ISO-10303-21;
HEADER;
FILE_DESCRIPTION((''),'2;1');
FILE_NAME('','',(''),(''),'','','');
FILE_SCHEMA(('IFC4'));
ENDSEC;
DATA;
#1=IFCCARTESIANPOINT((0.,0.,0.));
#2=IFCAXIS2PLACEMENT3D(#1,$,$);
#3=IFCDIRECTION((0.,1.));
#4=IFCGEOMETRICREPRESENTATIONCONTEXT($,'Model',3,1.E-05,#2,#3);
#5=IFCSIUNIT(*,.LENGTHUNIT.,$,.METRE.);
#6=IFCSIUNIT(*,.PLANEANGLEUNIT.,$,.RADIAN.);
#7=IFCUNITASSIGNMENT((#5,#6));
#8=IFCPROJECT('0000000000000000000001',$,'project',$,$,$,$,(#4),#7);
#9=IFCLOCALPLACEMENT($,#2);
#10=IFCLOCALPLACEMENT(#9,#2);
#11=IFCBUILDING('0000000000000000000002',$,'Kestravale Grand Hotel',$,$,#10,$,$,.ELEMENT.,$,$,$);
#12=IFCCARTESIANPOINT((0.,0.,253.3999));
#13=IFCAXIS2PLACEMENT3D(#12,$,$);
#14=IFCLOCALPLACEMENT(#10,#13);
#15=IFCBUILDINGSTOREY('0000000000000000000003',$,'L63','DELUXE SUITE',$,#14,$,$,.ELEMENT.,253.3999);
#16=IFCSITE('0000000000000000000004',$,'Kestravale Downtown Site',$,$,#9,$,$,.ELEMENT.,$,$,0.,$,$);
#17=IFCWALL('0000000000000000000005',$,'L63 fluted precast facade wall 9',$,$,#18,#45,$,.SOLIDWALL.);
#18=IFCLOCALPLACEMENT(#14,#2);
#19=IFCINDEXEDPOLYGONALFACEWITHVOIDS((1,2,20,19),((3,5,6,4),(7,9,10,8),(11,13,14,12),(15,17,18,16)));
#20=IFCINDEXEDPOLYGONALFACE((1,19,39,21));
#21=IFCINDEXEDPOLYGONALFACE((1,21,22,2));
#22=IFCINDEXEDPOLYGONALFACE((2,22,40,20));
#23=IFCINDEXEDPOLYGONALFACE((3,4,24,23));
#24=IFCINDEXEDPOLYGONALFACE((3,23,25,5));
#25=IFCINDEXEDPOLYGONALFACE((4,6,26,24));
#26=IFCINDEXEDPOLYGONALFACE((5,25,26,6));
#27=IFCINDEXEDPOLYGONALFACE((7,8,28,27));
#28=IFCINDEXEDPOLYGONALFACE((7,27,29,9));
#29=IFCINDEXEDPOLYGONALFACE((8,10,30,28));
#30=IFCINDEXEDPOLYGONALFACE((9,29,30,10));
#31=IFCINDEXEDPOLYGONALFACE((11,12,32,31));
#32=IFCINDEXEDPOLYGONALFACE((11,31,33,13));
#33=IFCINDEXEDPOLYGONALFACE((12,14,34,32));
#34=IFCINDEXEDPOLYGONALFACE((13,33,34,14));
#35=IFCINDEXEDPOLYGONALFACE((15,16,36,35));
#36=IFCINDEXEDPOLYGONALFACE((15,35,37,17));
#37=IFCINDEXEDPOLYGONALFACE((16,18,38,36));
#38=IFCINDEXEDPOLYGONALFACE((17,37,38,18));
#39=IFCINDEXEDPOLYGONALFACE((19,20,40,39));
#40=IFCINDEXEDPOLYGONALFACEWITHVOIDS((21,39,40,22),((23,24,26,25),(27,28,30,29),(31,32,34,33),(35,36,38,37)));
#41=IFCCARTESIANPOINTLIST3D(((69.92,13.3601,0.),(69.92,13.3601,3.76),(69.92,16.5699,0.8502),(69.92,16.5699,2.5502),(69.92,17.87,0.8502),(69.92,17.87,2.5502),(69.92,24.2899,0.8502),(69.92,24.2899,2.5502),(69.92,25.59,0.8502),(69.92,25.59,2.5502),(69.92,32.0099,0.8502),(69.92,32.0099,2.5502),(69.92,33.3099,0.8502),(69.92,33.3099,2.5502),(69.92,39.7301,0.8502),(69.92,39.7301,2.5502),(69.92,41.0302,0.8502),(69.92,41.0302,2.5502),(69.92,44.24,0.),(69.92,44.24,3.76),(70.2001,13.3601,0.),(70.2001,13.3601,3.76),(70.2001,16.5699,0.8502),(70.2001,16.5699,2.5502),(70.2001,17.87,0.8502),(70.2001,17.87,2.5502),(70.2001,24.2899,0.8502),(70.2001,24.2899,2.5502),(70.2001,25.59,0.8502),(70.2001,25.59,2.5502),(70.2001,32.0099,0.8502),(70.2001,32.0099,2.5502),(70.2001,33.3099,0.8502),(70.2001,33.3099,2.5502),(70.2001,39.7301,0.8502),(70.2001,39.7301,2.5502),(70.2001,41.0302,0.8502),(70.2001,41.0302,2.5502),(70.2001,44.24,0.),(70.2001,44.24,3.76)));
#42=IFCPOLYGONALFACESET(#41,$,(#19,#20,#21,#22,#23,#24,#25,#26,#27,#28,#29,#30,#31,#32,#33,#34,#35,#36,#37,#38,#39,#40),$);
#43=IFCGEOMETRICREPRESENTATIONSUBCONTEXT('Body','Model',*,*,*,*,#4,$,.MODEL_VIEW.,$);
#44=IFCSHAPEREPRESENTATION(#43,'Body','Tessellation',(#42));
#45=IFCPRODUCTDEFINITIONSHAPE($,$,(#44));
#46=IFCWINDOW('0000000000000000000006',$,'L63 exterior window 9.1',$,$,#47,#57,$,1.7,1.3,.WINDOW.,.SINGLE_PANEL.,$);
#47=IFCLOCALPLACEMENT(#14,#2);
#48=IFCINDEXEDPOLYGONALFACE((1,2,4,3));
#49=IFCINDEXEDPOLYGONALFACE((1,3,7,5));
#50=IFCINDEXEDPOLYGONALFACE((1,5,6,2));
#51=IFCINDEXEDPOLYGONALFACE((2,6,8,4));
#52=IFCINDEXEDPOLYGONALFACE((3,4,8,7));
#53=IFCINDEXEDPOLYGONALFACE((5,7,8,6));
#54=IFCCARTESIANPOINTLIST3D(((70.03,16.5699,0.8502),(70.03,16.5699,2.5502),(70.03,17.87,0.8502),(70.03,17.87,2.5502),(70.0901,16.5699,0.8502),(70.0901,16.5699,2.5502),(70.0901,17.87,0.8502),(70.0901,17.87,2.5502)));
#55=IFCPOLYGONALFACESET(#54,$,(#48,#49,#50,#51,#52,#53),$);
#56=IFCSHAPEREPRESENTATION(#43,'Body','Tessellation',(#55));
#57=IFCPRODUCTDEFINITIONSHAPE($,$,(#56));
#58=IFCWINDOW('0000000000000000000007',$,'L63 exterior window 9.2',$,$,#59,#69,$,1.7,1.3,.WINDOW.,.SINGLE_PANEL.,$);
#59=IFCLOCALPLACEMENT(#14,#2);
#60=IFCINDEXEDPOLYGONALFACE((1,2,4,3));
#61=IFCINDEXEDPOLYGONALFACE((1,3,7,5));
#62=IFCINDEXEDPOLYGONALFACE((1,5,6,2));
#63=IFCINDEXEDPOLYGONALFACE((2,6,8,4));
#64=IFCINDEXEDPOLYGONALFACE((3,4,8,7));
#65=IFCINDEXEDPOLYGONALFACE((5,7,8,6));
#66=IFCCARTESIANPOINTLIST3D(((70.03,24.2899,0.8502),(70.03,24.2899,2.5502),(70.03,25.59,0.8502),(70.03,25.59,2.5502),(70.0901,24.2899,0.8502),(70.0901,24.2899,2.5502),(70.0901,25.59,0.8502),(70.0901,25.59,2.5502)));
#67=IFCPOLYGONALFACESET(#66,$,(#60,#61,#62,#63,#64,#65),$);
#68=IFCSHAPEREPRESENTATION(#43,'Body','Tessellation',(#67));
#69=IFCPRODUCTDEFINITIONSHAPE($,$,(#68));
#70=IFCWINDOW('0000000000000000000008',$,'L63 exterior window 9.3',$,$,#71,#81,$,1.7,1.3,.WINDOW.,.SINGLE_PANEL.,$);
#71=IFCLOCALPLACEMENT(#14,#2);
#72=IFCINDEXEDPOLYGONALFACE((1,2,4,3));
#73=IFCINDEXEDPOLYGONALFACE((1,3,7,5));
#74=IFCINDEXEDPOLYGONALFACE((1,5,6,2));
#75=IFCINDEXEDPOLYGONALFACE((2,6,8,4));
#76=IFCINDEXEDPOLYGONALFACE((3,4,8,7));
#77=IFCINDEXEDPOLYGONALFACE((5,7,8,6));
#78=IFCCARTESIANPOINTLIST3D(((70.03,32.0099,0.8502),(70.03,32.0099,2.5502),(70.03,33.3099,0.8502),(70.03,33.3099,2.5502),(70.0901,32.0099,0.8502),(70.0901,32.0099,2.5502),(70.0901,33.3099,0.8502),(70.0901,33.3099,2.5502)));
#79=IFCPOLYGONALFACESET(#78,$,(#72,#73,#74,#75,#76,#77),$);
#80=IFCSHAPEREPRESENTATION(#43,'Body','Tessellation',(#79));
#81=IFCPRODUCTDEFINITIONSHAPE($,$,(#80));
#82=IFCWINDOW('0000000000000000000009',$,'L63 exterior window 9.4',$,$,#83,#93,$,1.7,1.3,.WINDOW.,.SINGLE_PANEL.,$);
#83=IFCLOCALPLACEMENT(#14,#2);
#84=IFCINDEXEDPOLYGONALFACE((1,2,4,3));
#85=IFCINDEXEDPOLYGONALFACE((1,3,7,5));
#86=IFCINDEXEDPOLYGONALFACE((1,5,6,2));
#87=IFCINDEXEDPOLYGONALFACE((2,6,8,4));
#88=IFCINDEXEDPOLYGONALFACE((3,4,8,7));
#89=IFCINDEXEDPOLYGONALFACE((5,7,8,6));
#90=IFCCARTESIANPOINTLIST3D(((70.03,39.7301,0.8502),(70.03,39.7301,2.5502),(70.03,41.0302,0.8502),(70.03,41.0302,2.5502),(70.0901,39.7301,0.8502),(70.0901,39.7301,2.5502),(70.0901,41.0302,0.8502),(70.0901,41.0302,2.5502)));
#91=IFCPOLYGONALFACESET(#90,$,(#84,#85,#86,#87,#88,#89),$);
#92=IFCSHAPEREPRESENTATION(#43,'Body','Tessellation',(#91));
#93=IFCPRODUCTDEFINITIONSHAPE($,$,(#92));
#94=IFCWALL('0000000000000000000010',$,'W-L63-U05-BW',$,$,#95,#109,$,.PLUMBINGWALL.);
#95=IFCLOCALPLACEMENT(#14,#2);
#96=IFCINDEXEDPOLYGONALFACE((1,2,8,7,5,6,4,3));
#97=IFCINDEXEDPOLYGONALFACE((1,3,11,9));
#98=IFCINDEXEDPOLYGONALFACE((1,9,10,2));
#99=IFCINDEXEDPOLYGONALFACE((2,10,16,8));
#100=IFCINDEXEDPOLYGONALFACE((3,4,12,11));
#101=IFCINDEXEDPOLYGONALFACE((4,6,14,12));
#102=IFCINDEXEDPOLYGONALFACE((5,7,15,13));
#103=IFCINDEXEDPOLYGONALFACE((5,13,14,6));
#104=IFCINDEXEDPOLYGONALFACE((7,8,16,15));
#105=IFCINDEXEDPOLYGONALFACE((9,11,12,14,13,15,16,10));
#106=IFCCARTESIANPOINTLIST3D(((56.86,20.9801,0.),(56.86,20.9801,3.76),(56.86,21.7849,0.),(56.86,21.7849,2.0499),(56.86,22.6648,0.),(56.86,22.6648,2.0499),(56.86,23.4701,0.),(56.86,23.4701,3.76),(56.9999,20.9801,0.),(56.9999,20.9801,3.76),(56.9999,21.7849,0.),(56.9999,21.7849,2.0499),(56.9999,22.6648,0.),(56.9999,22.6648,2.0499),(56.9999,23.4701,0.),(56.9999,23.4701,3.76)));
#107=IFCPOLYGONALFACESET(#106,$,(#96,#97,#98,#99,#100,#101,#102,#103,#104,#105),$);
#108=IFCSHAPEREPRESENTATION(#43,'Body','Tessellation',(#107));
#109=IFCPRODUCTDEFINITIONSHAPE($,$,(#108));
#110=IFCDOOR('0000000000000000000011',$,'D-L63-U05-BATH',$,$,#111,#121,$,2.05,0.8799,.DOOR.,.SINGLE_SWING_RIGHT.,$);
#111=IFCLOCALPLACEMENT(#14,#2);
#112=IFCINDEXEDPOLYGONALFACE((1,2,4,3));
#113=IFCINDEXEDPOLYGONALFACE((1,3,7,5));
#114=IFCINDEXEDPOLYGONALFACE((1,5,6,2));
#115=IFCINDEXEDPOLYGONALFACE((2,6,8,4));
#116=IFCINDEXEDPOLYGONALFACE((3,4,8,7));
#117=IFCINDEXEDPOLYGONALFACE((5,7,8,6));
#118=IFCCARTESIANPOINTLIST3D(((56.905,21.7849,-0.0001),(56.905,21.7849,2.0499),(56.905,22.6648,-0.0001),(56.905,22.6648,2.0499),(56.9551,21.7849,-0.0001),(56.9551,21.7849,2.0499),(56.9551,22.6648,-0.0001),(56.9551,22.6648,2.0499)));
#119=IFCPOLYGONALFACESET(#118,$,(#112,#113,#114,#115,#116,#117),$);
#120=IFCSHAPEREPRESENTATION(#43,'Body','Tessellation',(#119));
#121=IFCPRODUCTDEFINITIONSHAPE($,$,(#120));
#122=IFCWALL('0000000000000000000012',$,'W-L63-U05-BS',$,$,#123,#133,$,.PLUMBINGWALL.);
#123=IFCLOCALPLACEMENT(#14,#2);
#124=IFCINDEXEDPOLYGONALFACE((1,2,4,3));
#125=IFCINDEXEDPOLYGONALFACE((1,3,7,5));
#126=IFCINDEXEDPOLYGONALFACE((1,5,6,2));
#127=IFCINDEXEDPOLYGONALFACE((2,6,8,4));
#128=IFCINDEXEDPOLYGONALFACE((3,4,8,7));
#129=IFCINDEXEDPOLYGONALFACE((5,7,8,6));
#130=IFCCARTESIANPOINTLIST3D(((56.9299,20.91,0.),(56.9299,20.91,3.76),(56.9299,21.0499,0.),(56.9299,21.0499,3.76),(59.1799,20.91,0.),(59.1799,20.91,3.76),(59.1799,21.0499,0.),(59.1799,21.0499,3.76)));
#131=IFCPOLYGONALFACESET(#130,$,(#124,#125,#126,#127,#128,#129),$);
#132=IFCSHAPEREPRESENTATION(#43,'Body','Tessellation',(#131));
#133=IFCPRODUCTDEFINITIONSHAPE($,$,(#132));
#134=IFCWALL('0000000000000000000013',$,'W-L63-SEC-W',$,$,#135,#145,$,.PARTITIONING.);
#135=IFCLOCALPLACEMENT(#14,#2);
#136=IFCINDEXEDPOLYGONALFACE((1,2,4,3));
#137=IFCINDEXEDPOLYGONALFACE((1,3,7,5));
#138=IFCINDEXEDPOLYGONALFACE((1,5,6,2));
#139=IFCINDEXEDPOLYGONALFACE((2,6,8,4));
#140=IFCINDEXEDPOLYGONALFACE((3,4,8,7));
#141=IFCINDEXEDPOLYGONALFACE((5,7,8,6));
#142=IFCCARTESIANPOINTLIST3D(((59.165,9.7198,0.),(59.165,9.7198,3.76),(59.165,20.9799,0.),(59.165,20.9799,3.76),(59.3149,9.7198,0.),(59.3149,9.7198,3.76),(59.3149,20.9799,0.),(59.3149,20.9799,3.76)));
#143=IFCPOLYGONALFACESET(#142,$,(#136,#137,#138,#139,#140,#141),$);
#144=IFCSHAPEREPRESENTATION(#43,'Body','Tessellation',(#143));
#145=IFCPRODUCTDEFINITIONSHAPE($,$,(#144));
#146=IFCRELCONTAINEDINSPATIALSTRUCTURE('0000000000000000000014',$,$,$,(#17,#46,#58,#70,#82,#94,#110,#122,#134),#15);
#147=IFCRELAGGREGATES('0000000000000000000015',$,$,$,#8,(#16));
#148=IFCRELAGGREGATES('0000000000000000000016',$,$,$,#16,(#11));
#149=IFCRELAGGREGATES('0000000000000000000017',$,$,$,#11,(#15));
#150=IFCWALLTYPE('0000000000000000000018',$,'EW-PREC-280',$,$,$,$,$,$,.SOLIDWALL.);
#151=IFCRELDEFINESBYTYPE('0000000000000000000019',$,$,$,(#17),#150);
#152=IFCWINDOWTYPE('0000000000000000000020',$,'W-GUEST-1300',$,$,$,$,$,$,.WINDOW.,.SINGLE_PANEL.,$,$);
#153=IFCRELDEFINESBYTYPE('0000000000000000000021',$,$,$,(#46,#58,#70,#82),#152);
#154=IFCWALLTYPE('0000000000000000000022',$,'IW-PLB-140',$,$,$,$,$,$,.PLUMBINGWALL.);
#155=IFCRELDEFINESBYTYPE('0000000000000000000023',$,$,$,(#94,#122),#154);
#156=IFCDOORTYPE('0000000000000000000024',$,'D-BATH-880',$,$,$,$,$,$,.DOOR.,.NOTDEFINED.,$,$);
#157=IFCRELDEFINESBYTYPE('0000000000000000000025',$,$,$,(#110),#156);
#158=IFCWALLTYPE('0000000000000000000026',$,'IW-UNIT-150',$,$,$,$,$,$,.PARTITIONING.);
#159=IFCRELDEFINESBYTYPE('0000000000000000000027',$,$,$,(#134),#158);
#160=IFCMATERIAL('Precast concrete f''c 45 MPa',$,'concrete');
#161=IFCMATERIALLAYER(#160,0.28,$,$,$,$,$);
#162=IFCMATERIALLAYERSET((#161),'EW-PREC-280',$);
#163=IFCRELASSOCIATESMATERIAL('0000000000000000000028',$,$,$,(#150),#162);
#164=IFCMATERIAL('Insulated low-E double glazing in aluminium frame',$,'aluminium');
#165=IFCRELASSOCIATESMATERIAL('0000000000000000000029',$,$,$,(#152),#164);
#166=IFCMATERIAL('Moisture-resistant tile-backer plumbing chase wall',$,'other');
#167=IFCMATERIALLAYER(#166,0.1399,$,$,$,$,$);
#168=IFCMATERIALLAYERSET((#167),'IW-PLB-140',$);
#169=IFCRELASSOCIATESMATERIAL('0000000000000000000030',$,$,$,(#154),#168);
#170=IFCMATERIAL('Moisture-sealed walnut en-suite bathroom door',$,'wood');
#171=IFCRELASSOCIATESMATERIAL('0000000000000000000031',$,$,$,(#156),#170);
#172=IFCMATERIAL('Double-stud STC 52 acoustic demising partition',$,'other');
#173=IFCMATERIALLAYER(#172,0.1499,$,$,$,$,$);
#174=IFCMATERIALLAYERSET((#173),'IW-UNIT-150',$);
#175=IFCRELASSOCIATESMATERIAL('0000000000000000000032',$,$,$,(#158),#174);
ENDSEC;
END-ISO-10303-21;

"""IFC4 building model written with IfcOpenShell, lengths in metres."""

from ifc_helpers import new_model, si_unit, direction, frame, frame_2d, origin, place, context, subcontext, project, spatial, rectangle, extrude, material, layer, layer_set, type_object, element, fill, save


model = new_model("IFC4")

# Units and contexts
model_context = context("Model", 3, precision=1e-05, world=origin(), true_north=direction((0.0, 1.0)))
body_context = subcontext(model_context, "Body", "Model", "MODEL_VIEW")
ifc_project = project(units=[si_unit("LENGTHUNIT", "METRE"), si_unit("PLANEANGLEUNIT", "RADIAN")], contexts=[model_context])

# Site, building, storey
site_placement = place(None, origin())
site = spatial("IfcSite", under=ifc_project, at=site_placement, Name="Kestravale Downtown Site", CompositionType="ELEMENT", RefElevation=0.0)
building_placement = place(site_placement, origin())
building = spatial("IfcBuilding", under=site, at=building_placement, Name="Kestravale Grand Hotel", CompositionType="ELEMENT")
storey_placement = place(building_placement, frame((0.0, 0.0, 253.3999)))
storey = spatial("IfcBuildingStorey", under=building, at=storey_placement, Name="L63", Description="DELUXE SUITE", CompositionType="ELEMENT", Elevation=253.3999)

# Shared definitions
ifc_material_1 = material(Name="Precast concrete f'c 45 MPa", Category="concrete")
ifc_layer_1 = layer(ifc_material_1, 0.28)
ifc_layer_set_1 = layer_set([ifc_layer_1], Name="EW-PREC-280")
wall_type_1 = type_object("IfcWallType", Name="EW-PREC-280", PredefinedType="SOLIDWALL", material=ifc_layer_set_1)
ifc_material_2 = material(Name="Insulated low-E double glazing in aluminium frame", Category="aluminium")
window_type = type_object("IfcWindowType", Name="W-GUEST-1300", PartitioningType="SINGLE_PANEL", PredefinedType="WINDOW", material=ifc_material_2)

# Wall, openings, windows
wall_1_placement = place(storey_placement, frame((70.0601, 13.3601, 0.0), z_axis=(0.0, 0.0, 1.0), x_axis=(0.0, 1.0, 0.0)))
wall_1 = element("IfcWall", 1, at=wall_1_placement, inside=storey, type_object=wall_type_1, Name="L63 fluted precast facade wall 9", PredefinedType="SOLIDWALL", context=body_context, shape_type="SweptSolid", body=[
    extrude(rectangle(XDim=30.8799, YDim=0.28, at=frame_2d((15.4399, 0.0))), origin(), (0.0, 0.0, 1.0), 3.76),
])
opening_1_placement = place(wall_1_placement, frame((3.21, 0.0, 0.8501)))
opening_1 = element("IfcOpeningElement", 2, at=opening_1_placement, cuts=wall_1, PredefinedType="OPENING", context=body_context, shape_type="SweptSolid", body=[
    extrude(rectangle(XDim=1.3, YDim=1.7, at=frame_2d((0.6499, 0.8501))), frame((0.0, 0.1499, 0.0), z_axis=(0.0, -1.0, 0.0), x_axis=(1.0, 0.0, 0.0)), (0.0, 0.0, 1.0), 0.3),
])
opening_2_placement = place(wall_1_placement, frame((10.9299, 0.0, 0.8501)))
opening_2 = element("IfcOpeningElement", 3, at=opening_2_placement, cuts=wall_1, PredefinedType="OPENING", context=body_context, shape_type="SweptSolid", body=[
    extrude(rectangle(XDim=1.3, YDim=1.7, at=frame_2d((0.6499, 0.8501))), frame((0.0, 0.1499, 0.0), z_axis=(0.0, -1.0, 0.0), x_axis=(1.0, 0.0, 0.0)), (0.0, 0.0, 1.0), 0.3),
])
opening_3_placement = place(wall_1_placement, frame((18.6499, 0.0, 0.8501)))
opening_3 = element("IfcOpeningElement", 4, at=opening_3_placement, cuts=wall_1, PredefinedType="OPENING", context=body_context, shape_type="SweptSolid", body=[
    extrude(rectangle(XDim=1.3, YDim=1.7, at=frame_2d((0.6499, 0.8501))), frame((0.0, 0.1499, 0.0), z_axis=(0.0, -1.0, 0.0), x_axis=(1.0, 0.0, 0.0)), (0.0, 0.0, 1.0), 0.3),
])
opening_4_placement = place(wall_1_placement, frame((26.3701, 0.0, 0.8501)))
opening_4 = element("IfcOpeningElement", 5, at=opening_4_placement, cuts=wall_1, PredefinedType="OPENING", context=body_context, shape_type="SweptSolid", body=[
    extrude(rectangle(XDim=1.3, YDim=1.7, at=frame_2d((0.6499, 0.8501))), frame((0.0, 0.1499, 0.0), z_axis=(0.0, -1.0, 0.0), x_axis=(1.0, 0.0, 0.0)), (0.0, 0.0, 1.0), 0.3),
])
window_1_placement = place(opening_1_placement, origin())
window_1 = element("IfcWindow", 6, at=window_1_placement, inside=storey, type_object=window_type, Name="L63 exterior window 9.1", OverallHeight=1.7, OverallWidth=1.3, PartitioningType="SINGLE_PANEL", PredefinedType="WINDOW", context=body_context, shape_type="SweptSolid", body=[
    extrude(rectangle(XDim=1.3, YDim=1.7, at=frame_2d((0.6499, 0.8501))), frame((0.0, 0.03, 0.0), z_axis=(0.0, -1.0, 0.0), x_axis=(1.0, 0.0, 0.0)), (0.0, 0.0, 1.0), 0.0601),
])
fill(opening_1, window_1)
window_2_placement = place(opening_2_placement, origin())
window_2 = element("IfcWindow", 7, at=window_2_placement, inside=storey, type_object=window_type, Name="L63 exterior window 9.2", OverallHeight=1.7, OverallWidth=1.3, PartitioningType="SINGLE_PANEL", PredefinedType="WINDOW", context=body_context, shape_type="SweptSolid", body=[
    extrude(rectangle(XDim=1.3, YDim=1.7, at=frame_2d((0.6499, 0.8501))), frame((0.0, 0.03, 0.0), z_axis=(0.0, -1.0, 0.0), x_axis=(1.0, 0.0, 0.0)), (0.0, 0.0, 1.0), 0.0601),
])
fill(opening_2, window_2)
window_3_placement = place(opening_3_placement, origin())
window_3 = element("IfcWindow", 8, at=window_3_placement, inside=storey, type_object=window_type, Name="L63 exterior window 9.3", OverallHeight=1.7, OverallWidth=1.3, PartitioningType="SINGLE_PANEL", PredefinedType="WINDOW", context=body_context, shape_type="SweptSolid", body=[
    extrude(rectangle(XDim=1.3, YDim=1.7, at=frame_2d((0.6499, 0.8501))), frame((0.0, 0.03, 0.0), z_axis=(0.0, -1.0, 0.0), x_axis=(1.0, 0.0, 0.0)), (0.0, 0.0, 1.0), 0.0601),
])
fill(opening_3, window_3)
window_4_placement = place(opening_4_placement, origin())
window_4 = element("IfcWindow", 9, at=window_4_placement, inside=storey, type_object=window_type, Name="L63 exterior window 9.4", OverallHeight=1.7, OverallWidth=1.3, PartitioningType="SINGLE_PANEL", PredefinedType="WINDOW", context=body_context, shape_type="SweptSolid", body=[
    extrude(rectangle(XDim=1.3, YDim=1.7, at=frame_2d((0.6499, 0.8501))), frame((0.0, 0.03, 0.0), z_axis=(0.0, -1.0, 0.0), x_axis=(1.0, 0.0, 0.0)), (0.0, 0.0, 1.0), 0.0601),
])
fill(opening_4, window_4)

# Wall, opening, door
ifc_material_3 = material(Name="Moisture-resistant tile-backer plumbing chase wall", Category="other")
ifc_layer_2 = layer(ifc_material_3, 0.1399)
ifc_layer_set_2 = layer_set([ifc_layer_2], Name="IW-PLB-140")
wall_type_2 = type_object("IfcWallType", Name="IW-PLB-140", PredefinedType="PLUMBINGWALL", material=ifc_layer_set_2)
wall_2_placement = place(storey_placement, frame((56.9299, 20.98, 0.0), z_axis=(0.0, 0.0, 1.0), x_axis=(0.0, 1.0, 0.0)))
wall_2 = element("IfcWall", 10, at=wall_2_placement, inside=storey, type_object=wall_type_2, Name="W-L63-U05-BW", PredefinedType="PLUMBINGWALL", context=body_context, shape_type="SweptSolid", body=[
    extrude(rectangle(XDim=2.49, YDim=0.1399, at=frame_2d((1.2451, 0.0))), origin(), (0.0, 0.0, 1.0), 3.76),
])
opening_5_placement = place(wall_2_placement, frame((0.8049, 0.0, 0.0)))
opening_5 = element("IfcOpeningElement", 11, at=opening_5_placement, cuts=wall_2, PredefinedType="OPENING", context=body_context, shape_type="SweptSolid", body=[
    extrude(rectangle(XDim=0.8799, YDim=2.05, at=frame_2d((0.4399, 1.0249))), frame((0.0, 0.0798, 0.0), z_axis=(0.0, -1.0, 0.0), x_axis=(1.0, 0.0, 0.0)), (0.0, 0.0, 1.0), 0.1599),
])
ifc_material_4 = material(Name="Moisture-sealed walnut en-suite bathroom door", Category="wood")
door_type = type_object("IfcDoorType", Name="D-BATH-880", OperationType="NOTDEFINED", PredefinedType="DOOR", material=ifc_material_4)
door_placement = place(opening_5_placement, origin())
door = element("IfcDoor", 12, at=door_placement, inside=storey, type_object=door_type, Name="D-L63-U05-BATH", OperationType="SINGLE_SWING_RIGHT", OverallHeight=2.05, OverallWidth=0.8799, PredefinedType="DOOR", context=body_context, shape_type="SweptSolid", body=[
    extrude(rectangle(XDim=0.8799, YDim=2.05, at=frame_2d((0.4399, 1.0249))), frame((0.0, 0.0249, 0.0), z_axis=(0.0, -1.0, 0.0), x_axis=(1.0, 0.0, 0.0)), (0.0, 0.0, 1.0), 0.05),
])
fill(opening_5, door)

# Walls
wall_3_placement = place(storey_placement, frame((56.9299, 20.98, 0.0), z_axis=(0.0, 0.0, 1.0), x_axis=(1.0, 0.0, 0.0)))
element("IfcWall", 13, at=wall_3_placement, inside=storey, type_object=wall_type_2, Name="W-L63-U05-BS", PredefinedType="PLUMBINGWALL", context=body_context, shape_type="SweptSolid", body=[
    extrude(rectangle(XDim=2.25, YDim=0.1399, at=frame_2d((1.125, 0.0))), origin(), (0.0, 0.0, 1.0), 3.76),
])
ifc_material_5 = material(Name="Double-stud STC 52 acoustic demising partition", Category="other")
ifc_layer_3 = layer(ifc_material_5, 0.1499)
ifc_layer_set_3 = layer_set([ifc_layer_3], Name="IW-UNIT-150")
wall_type_3 = type_object("IfcWallType", Name="IW-UNIT-150", PredefinedType="PARTITIONING", material=ifc_layer_set_3)
wall_4_placement = place(storey_placement, frame((59.24, 9.72, 0.0), z_axis=(0.0, 0.0, 1.0), x_axis=(0.0, 1.0, 0.0)))
element("IfcWall", 14, at=wall_4_placement, inside=storey, type_object=wall_type_3, Name="W-L63-SEC-W", PredefinedType="PARTITIONING", context=body_context, shape_type="SweptSolid", body=[
    extrude(rectangle(XDim=11.26, YDim=0.1499, at=frame_2d((5.6299, 0.0))), origin(), (0.0, 0.0, 1.0), 3.76),
])

save(model, "model.ifc")
